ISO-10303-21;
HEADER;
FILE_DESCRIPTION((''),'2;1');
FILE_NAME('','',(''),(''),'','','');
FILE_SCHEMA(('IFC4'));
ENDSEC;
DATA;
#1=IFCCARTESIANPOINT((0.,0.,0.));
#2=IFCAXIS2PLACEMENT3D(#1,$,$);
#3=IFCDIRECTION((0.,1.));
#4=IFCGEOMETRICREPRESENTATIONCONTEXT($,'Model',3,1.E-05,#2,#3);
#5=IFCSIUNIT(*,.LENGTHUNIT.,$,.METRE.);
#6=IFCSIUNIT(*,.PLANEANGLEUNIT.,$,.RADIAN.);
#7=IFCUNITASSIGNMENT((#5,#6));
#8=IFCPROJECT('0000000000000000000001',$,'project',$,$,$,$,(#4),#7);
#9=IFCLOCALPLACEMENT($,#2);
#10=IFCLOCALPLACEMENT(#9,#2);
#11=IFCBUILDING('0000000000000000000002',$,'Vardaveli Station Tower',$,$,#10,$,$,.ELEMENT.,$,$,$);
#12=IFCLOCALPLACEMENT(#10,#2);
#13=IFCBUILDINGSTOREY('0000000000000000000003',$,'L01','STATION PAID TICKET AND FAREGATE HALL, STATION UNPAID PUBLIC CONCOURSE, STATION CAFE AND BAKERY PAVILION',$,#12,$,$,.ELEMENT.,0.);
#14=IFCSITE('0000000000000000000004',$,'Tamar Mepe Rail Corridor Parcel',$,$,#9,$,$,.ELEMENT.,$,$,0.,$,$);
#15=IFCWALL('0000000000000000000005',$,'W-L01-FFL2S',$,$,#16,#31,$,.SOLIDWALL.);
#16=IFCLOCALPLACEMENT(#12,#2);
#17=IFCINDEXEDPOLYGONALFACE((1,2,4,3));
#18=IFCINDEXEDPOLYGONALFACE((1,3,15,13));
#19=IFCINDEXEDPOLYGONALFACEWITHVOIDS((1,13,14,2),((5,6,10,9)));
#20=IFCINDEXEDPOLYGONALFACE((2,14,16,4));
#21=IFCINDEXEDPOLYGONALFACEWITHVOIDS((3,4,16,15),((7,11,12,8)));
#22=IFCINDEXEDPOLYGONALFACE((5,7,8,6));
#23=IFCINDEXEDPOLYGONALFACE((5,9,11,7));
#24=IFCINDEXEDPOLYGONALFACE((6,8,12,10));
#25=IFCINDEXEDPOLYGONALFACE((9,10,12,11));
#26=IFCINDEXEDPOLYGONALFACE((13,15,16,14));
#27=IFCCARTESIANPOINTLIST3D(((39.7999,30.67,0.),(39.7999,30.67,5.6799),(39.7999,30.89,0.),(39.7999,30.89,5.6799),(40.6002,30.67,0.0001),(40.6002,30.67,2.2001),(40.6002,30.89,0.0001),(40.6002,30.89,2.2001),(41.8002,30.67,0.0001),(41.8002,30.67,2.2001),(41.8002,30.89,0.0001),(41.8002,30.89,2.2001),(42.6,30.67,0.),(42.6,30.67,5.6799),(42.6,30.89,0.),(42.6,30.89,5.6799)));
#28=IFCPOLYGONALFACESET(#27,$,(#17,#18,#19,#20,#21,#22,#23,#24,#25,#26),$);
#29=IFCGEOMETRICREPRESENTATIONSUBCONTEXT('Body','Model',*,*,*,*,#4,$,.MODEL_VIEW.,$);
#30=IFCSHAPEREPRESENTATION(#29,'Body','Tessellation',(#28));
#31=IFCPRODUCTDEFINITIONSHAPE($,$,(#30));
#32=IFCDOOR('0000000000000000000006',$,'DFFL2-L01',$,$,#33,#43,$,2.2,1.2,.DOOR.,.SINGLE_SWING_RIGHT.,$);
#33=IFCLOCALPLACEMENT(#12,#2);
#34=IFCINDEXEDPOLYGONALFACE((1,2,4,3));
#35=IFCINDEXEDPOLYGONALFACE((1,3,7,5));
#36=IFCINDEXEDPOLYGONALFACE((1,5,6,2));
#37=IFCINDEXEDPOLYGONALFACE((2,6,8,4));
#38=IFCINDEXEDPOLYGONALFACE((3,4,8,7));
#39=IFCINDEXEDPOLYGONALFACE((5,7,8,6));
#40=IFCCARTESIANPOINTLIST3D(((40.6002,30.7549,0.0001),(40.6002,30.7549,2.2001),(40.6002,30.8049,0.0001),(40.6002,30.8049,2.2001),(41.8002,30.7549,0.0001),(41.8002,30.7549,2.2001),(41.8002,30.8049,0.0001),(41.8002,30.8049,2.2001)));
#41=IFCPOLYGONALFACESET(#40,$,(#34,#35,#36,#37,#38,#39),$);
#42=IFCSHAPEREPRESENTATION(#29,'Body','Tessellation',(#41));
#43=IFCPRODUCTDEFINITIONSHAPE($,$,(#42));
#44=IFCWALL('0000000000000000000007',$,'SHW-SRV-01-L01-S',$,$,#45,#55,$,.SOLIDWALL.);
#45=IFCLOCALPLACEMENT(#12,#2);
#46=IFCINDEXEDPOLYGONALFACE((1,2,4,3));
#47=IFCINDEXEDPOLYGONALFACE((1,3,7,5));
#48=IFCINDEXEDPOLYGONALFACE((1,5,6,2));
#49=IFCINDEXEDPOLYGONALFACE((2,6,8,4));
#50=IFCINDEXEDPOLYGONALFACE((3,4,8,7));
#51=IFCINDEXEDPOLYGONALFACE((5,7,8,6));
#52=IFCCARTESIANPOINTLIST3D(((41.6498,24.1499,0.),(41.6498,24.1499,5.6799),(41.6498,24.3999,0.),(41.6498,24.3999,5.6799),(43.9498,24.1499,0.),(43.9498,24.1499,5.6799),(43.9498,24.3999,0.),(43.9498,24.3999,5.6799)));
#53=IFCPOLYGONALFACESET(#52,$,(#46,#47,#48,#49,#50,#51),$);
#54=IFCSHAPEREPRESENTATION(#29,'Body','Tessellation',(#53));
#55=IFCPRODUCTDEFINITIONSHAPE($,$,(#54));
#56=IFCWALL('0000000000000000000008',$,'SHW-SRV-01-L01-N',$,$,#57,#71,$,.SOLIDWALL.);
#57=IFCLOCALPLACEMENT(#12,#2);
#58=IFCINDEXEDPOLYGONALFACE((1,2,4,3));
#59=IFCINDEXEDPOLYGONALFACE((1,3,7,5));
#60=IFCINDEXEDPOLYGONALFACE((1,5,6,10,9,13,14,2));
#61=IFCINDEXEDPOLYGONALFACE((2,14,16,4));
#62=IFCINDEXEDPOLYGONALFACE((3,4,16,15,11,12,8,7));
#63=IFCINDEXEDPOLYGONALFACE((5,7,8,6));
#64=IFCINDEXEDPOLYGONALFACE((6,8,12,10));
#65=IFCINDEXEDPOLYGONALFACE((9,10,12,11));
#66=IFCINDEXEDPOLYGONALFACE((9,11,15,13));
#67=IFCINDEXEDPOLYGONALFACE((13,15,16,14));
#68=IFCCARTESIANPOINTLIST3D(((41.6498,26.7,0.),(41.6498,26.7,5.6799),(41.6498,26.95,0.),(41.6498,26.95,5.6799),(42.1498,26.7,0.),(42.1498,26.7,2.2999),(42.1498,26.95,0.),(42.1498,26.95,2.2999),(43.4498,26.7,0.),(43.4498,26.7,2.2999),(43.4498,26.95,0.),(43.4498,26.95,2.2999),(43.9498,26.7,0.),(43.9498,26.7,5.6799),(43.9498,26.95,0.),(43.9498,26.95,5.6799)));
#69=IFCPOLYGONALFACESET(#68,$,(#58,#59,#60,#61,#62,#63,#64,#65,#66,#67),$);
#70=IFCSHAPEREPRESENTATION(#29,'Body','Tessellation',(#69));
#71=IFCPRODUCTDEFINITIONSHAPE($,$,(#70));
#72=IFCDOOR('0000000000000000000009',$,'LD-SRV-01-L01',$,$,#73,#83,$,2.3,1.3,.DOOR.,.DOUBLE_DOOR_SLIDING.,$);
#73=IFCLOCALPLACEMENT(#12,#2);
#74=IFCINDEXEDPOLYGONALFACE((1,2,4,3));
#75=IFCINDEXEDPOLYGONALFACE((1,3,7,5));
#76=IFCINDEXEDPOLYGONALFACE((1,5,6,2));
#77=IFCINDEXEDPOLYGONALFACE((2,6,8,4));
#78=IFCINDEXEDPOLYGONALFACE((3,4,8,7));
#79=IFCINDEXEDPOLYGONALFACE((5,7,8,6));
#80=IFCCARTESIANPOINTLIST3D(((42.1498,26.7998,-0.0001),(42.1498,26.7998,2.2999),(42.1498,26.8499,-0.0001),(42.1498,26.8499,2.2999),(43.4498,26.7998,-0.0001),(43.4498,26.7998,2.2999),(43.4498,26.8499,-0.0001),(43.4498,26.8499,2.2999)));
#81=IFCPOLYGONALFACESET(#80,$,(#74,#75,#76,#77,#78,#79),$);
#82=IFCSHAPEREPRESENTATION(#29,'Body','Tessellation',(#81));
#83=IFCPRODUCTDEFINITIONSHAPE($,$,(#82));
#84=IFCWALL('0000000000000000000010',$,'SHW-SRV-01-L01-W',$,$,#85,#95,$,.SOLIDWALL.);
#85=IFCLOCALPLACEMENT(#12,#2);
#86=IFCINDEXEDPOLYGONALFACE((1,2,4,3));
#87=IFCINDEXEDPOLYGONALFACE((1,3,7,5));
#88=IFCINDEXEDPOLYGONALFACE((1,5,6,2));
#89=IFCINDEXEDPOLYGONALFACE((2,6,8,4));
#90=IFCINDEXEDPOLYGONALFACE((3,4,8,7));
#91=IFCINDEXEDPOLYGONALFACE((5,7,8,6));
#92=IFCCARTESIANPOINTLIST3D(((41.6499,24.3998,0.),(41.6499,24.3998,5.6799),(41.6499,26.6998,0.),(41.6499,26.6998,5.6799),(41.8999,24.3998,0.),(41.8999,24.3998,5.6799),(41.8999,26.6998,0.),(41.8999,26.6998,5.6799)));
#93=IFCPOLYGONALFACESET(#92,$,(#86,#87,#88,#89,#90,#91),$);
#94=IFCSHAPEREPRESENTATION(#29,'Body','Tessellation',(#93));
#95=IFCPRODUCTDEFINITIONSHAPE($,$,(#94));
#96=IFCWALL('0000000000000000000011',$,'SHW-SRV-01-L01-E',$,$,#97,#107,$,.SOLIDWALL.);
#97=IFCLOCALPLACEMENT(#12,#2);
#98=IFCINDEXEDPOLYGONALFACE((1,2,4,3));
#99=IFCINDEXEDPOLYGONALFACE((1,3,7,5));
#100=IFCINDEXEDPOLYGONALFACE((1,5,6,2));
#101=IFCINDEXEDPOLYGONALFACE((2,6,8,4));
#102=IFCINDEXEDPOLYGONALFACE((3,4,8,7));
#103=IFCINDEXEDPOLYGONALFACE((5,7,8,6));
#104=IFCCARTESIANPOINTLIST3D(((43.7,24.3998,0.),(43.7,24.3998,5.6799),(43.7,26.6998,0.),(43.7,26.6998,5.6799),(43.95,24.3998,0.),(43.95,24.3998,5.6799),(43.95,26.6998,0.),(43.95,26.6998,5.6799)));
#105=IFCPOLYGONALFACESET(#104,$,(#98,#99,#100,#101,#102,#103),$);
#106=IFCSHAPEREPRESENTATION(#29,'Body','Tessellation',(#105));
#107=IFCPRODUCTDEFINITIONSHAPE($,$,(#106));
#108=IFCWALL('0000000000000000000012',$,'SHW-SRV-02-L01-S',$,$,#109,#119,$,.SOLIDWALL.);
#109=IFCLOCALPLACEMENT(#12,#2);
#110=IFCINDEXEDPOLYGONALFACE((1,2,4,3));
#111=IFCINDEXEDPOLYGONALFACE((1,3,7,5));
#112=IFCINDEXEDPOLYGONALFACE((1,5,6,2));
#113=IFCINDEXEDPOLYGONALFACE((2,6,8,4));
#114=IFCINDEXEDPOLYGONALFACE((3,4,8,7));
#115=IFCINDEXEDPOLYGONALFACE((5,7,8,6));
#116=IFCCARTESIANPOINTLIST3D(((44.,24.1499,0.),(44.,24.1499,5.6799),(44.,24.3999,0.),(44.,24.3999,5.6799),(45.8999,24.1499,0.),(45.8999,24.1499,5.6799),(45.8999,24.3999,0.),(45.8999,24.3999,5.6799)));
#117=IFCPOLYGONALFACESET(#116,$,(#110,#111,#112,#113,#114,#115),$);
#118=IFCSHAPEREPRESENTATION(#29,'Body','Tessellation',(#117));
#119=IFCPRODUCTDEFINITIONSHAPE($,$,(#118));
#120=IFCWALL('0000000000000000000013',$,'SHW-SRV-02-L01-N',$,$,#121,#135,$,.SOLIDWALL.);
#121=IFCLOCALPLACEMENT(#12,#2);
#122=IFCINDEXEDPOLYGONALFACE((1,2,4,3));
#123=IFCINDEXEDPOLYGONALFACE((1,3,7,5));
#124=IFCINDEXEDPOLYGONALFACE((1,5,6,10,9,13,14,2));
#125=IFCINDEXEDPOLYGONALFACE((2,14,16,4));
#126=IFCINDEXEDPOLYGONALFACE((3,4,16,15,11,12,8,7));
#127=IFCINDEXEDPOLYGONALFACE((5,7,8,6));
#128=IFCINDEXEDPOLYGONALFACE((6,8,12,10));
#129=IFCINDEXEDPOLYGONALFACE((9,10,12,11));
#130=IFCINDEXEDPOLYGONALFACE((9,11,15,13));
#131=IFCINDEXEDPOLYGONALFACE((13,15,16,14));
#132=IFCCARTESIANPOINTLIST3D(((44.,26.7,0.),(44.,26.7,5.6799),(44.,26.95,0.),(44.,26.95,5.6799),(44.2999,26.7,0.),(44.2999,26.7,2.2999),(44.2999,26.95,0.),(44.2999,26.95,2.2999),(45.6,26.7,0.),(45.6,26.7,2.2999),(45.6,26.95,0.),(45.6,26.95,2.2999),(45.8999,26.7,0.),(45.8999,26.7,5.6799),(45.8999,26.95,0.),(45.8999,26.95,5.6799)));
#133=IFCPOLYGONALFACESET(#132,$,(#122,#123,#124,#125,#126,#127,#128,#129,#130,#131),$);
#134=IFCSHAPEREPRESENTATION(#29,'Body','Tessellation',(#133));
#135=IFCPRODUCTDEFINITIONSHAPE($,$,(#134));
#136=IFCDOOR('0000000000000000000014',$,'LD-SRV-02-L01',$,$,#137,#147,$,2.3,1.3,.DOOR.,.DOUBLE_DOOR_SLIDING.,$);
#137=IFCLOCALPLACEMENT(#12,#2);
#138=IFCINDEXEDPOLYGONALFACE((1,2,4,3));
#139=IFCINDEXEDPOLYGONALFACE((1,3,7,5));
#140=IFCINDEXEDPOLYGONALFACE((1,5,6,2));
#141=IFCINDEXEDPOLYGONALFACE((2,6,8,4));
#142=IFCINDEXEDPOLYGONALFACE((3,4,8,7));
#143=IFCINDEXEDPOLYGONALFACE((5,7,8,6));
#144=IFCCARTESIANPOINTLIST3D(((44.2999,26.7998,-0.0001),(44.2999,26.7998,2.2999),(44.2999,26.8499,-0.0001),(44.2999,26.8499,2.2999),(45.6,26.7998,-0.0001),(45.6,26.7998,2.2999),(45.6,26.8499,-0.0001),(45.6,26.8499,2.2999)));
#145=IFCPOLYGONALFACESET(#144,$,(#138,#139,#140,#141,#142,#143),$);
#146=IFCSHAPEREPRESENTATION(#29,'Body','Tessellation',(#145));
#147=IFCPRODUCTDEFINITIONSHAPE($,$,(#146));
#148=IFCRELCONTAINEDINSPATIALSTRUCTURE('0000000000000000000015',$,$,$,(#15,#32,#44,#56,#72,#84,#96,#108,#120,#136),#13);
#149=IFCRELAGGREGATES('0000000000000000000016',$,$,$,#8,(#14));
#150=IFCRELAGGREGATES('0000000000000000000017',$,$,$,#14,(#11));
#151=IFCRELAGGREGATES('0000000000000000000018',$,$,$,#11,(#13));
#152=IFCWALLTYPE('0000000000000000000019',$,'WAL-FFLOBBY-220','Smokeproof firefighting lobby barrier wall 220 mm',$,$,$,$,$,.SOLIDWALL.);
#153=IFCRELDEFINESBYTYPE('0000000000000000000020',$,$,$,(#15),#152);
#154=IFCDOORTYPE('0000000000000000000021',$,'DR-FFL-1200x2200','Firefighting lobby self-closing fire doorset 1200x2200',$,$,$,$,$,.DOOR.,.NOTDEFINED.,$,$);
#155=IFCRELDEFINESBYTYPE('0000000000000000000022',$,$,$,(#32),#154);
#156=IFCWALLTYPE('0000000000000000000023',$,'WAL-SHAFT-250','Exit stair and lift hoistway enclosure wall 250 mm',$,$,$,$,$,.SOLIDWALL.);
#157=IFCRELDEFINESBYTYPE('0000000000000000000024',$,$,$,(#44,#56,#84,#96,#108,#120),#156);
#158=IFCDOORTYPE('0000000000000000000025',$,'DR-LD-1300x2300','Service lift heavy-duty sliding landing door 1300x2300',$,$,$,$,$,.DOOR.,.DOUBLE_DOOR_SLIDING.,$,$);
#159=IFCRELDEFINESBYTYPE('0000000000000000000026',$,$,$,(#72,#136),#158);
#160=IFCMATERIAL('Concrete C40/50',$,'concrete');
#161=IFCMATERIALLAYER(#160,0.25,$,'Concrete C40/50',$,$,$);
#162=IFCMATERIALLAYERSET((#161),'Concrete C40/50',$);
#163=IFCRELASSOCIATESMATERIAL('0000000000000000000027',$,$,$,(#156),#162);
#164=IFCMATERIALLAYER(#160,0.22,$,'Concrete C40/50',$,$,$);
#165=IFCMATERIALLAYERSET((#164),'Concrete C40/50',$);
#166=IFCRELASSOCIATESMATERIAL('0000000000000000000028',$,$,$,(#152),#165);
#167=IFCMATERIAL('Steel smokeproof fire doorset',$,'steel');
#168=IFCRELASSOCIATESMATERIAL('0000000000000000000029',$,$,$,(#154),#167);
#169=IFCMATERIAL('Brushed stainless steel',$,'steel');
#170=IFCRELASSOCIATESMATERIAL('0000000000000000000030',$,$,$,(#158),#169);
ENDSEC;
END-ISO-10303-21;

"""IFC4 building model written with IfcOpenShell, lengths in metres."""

from ifc_helpers import new_model, si_unit, direction, frame, frame_2d, origin, place, context, subcontext, project, spatial, rectangle, extrude, source, transform, mapped, material, layer, layer_set, type_object, element, fill, save


model = new_model("IFC4")

# Units and contexts
model_context = context("Model", 3, precision=1e-05, world=origin(), true_north=direction((0.0, 1.0)))
body_context = subcontext(model_context, "Body", "Model", "MODEL_VIEW")
ifc_project = project(units=[si_unit("LENGTHUNIT", "METRE"), si_unit("PLANEANGLEUNIT", "RADIAN")], contexts=[model_context])

# Site, building, storey
site_placement = place(None, origin())
site = spatial("IfcSite", under=ifc_project, at=site_placement, Name="Tamar Mepe Rail Corridor Parcel", CompositionType="ELEMENT", RefElevation=0.0)
building_placement = place(site_placement, origin())
building = spatial("IfcBuilding", under=site, at=building_placement, Name="Vardaveli Station Tower", CompositionType="ELEMENT")
storey_placement = place(building_placement, origin())
storey = spatial("IfcBuildingStorey", under=building, at=storey_placement, Name="L01", Description="STATION PAID TICKET AND FAREGATE HALL, STATION UNPAID PUBLIC CONCOURSE, STATION CAFE AND BAKERY PAVILION", CompositionType="ELEMENT", Elevation=0.0)

# Shared definitions
ifc_material_1 = material(Name="Concrete C40/50", Category="concrete")
ifc_layer_1 = layer(ifc_material_1, 0.25, Name="Concrete C40/50")
ifc_layer_set_1 = layer_set([ifc_layer_1], Name="Concrete C40/50")
wall_type_1 = type_object("IfcWallType", Name="WAL-SHAFT-250", Description="Exit stair and lift hoistway enclosure wall 250 mm", PredefinedType="SOLIDWALL", material=ifc_layer_set_1)

# Wall, opening, door
ifc_material_2 = material(Name="Steel smokeproof fire doorset", Category="steel")
ifc_layer_2 = layer(ifc_material_1, 0.22, Name="Concrete C40/50")
ifc_layer_set_2 = layer_set([ifc_layer_2], Name="Concrete C40/50")
wall_type_2 = type_object("IfcWallType", Name="WAL-FFLOBBY-220", Description="Smokeproof firefighting lobby barrier wall 220 mm", PredefinedType="SOLIDWALL", material=ifc_layer_set_2)
shared_shape_1 = source(origin(), body_context, "Body", "SweptSolid", [
    extrude(rectangle(XDim=2.8, YDim=0.22, at=frame_2d((1.3999, 0.0))), origin(), (0.0, 0.0, 1.0), 5.6799),
])
wall_1_placement = place(storey_placement, frame((39.8, 30.78, 0.0), z_axis=(0.0, 0.0, 1.0), x_axis=(1.0, 0.0, 0.0)))
wall_1 = element("IfcWall", 1, at=wall_1_placement, inside=storey, type_object=wall_type_2, Name="W-L01-FFL2S", PredefinedType="SOLIDWALL", context=body_context, shape_type="MappedRepresentation", body=[
    mapped(shared_shape_1, transform((0.0, 0.0, 0.0), scale=1.0)),
])
shared_shape_2 = source(origin(), body_context, "Body", "SweptSolid", [
    extrude(rectangle(XDim=1.2, YDim=2.2, at=frame_2d((0.6001, 1.1001))), frame((0.0, 0.1201, 0.0), z_axis=(0.0, -1.0, 0.0), x_axis=(1.0, 0.0, 0.0)), (0.0, 0.0, 1.0), 0.24),
])
opening_1_placement = place(wall_1_placement, frame((0.8, 0.0, 0.0)))
opening_1 = element("IfcOpeningElement", 2, at=opening_1_placement, cuts=wall_1, PredefinedType="OPENING", context=body_context, shape_type="MappedRepresentation", body=[
    mapped(shared_shape_2, transform((0.0, 0.0, 0.0), scale=1.0)),
])
door_type_1 = type_object("IfcDoorType", Name="DR-FFL-1200x2200", Description="Firefighting lobby self-closing fire doorset 1200x2200", OperationType="NOTDEFINED", PredefinedType="DOOR", material=ifc_material_2)
shared_shape_3 = source(origin(), body_context, "Body", "SweptSolid", [
    extrude(rectangle(XDim=1.2, YDim=2.2, at=frame_2d((0.6001, 1.1001))), frame((0.0, 0.0249, 0.0), z_axis=(0.0, -1.0, 0.0), x_axis=(1.0, 0.0, 0.0)), (0.0, 0.0, 1.0), 0.05),
])
door_1_placement = place(opening_1_placement, origin())
door_1 = element("IfcDoor", 3, at=door_1_placement, inside=storey, type_object=door_type_1, Name="DFFL2-L01", OperationType="SINGLE_SWING_RIGHT", OverallHeight=2.2, OverallWidth=1.2, PredefinedType="DOOR", context=body_context, shape_type="MappedRepresentation", body=[
    mapped(shared_shape_3, transform((0.0, 0.0, 0.0), scale=1.0)),
])
fill(opening_1, door_1)

# Wall
shared_shape_4 = source(origin(), body_context, "Body", "SweptSolid", [
    extrude(rectangle(XDim=2.3, YDim=0.25, at=frame_2d((1.1499, 0.0))), origin(), (0.0, 0.0, 1.0), 5.6799),
])
wall_2_placement = place(storey_placement, frame((41.6499, 24.2749, 0.0), z_axis=(0.0, 0.0, 1.0), x_axis=(1.0, 0.0, 0.0)))
element("IfcWall", 4, at=wall_2_placement, inside=storey, type_object=wall_type_1, Name="SHW-SRV-01-L01-S", PredefinedType="SOLIDWALL", context=body_context, shape_type="MappedRepresentation", body=[
    mapped(shared_shape_4, transform((0.0, 0.0, 0.0), scale=1.0)),
])

# Wall, opening, door
wall_3_placement = place(storey_placement, frame((41.6499, 26.825, 0.0), z_axis=(0.0, 0.0, 1.0), x_axis=(1.0, 0.0, 0.0)))
wall_3 = element("IfcWall", 5, at=wall_3_placement, inside=storey, type_object=wall_type_1, Name="SHW-SRV-01-L01-N", PredefinedType="SOLIDWALL", context=body_context, shape_type="MappedRepresentation", body=[
    mapped(shared_shape_4, transform((0.0, 0.0, 0.0), scale=1.0)),
])
shared_shape_5 = source(origin(), body_context, "Body", "SweptSolid", [
    extrude(rectangle(XDim=1.3, YDim=2.3, at=frame_2d((0.6499, 1.1499))), frame((0.0, 0.135, 0.0), z_axis=(0.0, -1.0, 0.0), x_axis=(1.0, 0.0, 0.0)), (0.0, 0.0, 1.0), 0.27),
])
opening_2_placement = place(wall_3_placement, frame((0.5, 0.0, 0.0)))
opening_2 = element("IfcOpeningElement", 6, at=opening_2_placement, cuts=wall_3, PredefinedType="OPENING", context=body_context, shape_type="MappedRepresentation", body=[
    mapped(shared_shape_5, transform((0.0, 0.0, 0.0), scale=1.0)),
])
ifc_material_3 = material(Name="Brushed stainless steel", Category="steel")
door_type_2 = type_object("IfcDoorType", Name="DR-LD-1300x2300", Description="Service lift heavy-duty sliding landing door 1300x2300", OperationType="DOUBLE_DOOR_SLIDING", PredefinedType="DOOR", material=ifc_material_3)
shared_shape_6 = source(origin(), body_context, "Body", "SweptSolid", [
    extrude(rectangle(XDim=1.3, YDim=2.3, at=frame_2d((0.6499, 1.1499))), frame((0.0, 0.0249, 0.0), z_axis=(0.0, -1.0, 0.0), x_axis=(1.0, 0.0, 0.0)), (0.0, 0.0, 1.0), 0.05),
])
door_2_placement = place(opening_2_placement, origin())
door_2 = element("IfcDoor", 7, at=door_2_placement, inside=storey, type_object=door_type_2, Name="LD-SRV-01-L01", OperationType="DOUBLE_DOOR_SLIDING", OverallHeight=2.3, OverallWidth=1.3, PredefinedType="DOOR", context=body_context, shape_type="MappedRepresentation", body=[
    mapped(shared_shape_6, transform((0.0, 0.0, 0.0), scale=1.0)),
])
fill(opening_2, door_2)

# Walls
for number, where, z_axis, x_axis, name in (
    (8, (41.7749, 24.3999, 0.0), (0.0, 0.0, 1.0), (0.0, 1.0, 0.0), "SHW-SRV-01-L01-W"),
    (9, (43.825, 24.3999, 0.0), (0.0, 0.0, 1.0), (0.0, 1.0, 0.0), "SHW-SRV-01-L01-E"),
):
    element("IfcWall", number, at=place(storey_placement, frame(where, z_axis=z_axis, x_axis=x_axis)), inside=storey, type_object=wall_type_1, Name=name, PredefinedType="SOLIDWALL", context=body_context, shape_type="MappedRepresentation", body=[
        mapped(shared_shape_4, transform((0.0, 0.0, 0.0), scale=1.0)),
    ])
shared_shape_7 = source(origin(), body_context, "Body", "SweptSolid", [
    extrude(rectangle(XDim=1.8999, YDim=0.25, at=frame_2d((0.95, 0.0))), origin(), (0.0, 0.0, 1.0), 5.6799),
])
wall_4_placement = place(storey_placement, frame((44.0, 24.2749, 0.0), z_axis=(0.0, 0.0, 1.0), x_axis=(1.0, 0.0, 0.0)))
element("IfcWall", 10, at=wall_4_placement, inside=storey, type_object=wall_type_1, Name="SHW-SRV-02-L01-S", PredefinedType="SOLIDWALL", context=body_context, shape_type="MappedRepresentation", body=[
    mapped(shared_shape_7, transform((0.0, 0.0, 0.0), scale=1.0)),
])

# Wall, opening, door
wall_5_placement = place(storey_placement, frame((44.0, 26.825, 0.0), z_axis=(0.0, 0.0, 1.0), x_axis=(1.0, 0.0, 0.0)))
wall_5 = element("IfcWall", 11, at=wall_5_placement, inside=storey, type_object=wall_type_1, Name="SHW-SRV-02-L01-N", PredefinedType="SOLIDWALL", context=body_context, shape_type="MappedRepresentation", body=[
    mapped(shared_shape_7, transform((0.0, 0.0, 0.0), scale=1.0)),
])
opening_3_placement = place(wall_5_placement, frame((0.3, 0.0, 0.0)))
opening_3 = element("IfcOpeningElement", 12, at=opening_3_placement, cuts=wall_5, PredefinedType="OPENING", context=body_context, shape_type="MappedRepresentation", body=[
    mapped(shared_shape_5, transform((0.0, 0.0, 0.0), scale=1.0)),
])
door_3_placement = place(opening_3_placement, origin())
door_3 = element("IfcDoor", 13, at=door_3_placement, inside=storey, type_object=door_type_2, Name="LD-SRV-02-L01", OperationType="DOUBLE_DOOR_SLIDING", OverallHeight=2.3, OverallWidth=1.3, PredefinedType="DOOR", context=body_context, shape_type="MappedRepresentation", body=[
    mapped(shared_shape_6, transform((0.0, 0.0, 0.0), scale=1.0)),
])
fill(opening_3, door_3)

save(model, "model.ifc")
